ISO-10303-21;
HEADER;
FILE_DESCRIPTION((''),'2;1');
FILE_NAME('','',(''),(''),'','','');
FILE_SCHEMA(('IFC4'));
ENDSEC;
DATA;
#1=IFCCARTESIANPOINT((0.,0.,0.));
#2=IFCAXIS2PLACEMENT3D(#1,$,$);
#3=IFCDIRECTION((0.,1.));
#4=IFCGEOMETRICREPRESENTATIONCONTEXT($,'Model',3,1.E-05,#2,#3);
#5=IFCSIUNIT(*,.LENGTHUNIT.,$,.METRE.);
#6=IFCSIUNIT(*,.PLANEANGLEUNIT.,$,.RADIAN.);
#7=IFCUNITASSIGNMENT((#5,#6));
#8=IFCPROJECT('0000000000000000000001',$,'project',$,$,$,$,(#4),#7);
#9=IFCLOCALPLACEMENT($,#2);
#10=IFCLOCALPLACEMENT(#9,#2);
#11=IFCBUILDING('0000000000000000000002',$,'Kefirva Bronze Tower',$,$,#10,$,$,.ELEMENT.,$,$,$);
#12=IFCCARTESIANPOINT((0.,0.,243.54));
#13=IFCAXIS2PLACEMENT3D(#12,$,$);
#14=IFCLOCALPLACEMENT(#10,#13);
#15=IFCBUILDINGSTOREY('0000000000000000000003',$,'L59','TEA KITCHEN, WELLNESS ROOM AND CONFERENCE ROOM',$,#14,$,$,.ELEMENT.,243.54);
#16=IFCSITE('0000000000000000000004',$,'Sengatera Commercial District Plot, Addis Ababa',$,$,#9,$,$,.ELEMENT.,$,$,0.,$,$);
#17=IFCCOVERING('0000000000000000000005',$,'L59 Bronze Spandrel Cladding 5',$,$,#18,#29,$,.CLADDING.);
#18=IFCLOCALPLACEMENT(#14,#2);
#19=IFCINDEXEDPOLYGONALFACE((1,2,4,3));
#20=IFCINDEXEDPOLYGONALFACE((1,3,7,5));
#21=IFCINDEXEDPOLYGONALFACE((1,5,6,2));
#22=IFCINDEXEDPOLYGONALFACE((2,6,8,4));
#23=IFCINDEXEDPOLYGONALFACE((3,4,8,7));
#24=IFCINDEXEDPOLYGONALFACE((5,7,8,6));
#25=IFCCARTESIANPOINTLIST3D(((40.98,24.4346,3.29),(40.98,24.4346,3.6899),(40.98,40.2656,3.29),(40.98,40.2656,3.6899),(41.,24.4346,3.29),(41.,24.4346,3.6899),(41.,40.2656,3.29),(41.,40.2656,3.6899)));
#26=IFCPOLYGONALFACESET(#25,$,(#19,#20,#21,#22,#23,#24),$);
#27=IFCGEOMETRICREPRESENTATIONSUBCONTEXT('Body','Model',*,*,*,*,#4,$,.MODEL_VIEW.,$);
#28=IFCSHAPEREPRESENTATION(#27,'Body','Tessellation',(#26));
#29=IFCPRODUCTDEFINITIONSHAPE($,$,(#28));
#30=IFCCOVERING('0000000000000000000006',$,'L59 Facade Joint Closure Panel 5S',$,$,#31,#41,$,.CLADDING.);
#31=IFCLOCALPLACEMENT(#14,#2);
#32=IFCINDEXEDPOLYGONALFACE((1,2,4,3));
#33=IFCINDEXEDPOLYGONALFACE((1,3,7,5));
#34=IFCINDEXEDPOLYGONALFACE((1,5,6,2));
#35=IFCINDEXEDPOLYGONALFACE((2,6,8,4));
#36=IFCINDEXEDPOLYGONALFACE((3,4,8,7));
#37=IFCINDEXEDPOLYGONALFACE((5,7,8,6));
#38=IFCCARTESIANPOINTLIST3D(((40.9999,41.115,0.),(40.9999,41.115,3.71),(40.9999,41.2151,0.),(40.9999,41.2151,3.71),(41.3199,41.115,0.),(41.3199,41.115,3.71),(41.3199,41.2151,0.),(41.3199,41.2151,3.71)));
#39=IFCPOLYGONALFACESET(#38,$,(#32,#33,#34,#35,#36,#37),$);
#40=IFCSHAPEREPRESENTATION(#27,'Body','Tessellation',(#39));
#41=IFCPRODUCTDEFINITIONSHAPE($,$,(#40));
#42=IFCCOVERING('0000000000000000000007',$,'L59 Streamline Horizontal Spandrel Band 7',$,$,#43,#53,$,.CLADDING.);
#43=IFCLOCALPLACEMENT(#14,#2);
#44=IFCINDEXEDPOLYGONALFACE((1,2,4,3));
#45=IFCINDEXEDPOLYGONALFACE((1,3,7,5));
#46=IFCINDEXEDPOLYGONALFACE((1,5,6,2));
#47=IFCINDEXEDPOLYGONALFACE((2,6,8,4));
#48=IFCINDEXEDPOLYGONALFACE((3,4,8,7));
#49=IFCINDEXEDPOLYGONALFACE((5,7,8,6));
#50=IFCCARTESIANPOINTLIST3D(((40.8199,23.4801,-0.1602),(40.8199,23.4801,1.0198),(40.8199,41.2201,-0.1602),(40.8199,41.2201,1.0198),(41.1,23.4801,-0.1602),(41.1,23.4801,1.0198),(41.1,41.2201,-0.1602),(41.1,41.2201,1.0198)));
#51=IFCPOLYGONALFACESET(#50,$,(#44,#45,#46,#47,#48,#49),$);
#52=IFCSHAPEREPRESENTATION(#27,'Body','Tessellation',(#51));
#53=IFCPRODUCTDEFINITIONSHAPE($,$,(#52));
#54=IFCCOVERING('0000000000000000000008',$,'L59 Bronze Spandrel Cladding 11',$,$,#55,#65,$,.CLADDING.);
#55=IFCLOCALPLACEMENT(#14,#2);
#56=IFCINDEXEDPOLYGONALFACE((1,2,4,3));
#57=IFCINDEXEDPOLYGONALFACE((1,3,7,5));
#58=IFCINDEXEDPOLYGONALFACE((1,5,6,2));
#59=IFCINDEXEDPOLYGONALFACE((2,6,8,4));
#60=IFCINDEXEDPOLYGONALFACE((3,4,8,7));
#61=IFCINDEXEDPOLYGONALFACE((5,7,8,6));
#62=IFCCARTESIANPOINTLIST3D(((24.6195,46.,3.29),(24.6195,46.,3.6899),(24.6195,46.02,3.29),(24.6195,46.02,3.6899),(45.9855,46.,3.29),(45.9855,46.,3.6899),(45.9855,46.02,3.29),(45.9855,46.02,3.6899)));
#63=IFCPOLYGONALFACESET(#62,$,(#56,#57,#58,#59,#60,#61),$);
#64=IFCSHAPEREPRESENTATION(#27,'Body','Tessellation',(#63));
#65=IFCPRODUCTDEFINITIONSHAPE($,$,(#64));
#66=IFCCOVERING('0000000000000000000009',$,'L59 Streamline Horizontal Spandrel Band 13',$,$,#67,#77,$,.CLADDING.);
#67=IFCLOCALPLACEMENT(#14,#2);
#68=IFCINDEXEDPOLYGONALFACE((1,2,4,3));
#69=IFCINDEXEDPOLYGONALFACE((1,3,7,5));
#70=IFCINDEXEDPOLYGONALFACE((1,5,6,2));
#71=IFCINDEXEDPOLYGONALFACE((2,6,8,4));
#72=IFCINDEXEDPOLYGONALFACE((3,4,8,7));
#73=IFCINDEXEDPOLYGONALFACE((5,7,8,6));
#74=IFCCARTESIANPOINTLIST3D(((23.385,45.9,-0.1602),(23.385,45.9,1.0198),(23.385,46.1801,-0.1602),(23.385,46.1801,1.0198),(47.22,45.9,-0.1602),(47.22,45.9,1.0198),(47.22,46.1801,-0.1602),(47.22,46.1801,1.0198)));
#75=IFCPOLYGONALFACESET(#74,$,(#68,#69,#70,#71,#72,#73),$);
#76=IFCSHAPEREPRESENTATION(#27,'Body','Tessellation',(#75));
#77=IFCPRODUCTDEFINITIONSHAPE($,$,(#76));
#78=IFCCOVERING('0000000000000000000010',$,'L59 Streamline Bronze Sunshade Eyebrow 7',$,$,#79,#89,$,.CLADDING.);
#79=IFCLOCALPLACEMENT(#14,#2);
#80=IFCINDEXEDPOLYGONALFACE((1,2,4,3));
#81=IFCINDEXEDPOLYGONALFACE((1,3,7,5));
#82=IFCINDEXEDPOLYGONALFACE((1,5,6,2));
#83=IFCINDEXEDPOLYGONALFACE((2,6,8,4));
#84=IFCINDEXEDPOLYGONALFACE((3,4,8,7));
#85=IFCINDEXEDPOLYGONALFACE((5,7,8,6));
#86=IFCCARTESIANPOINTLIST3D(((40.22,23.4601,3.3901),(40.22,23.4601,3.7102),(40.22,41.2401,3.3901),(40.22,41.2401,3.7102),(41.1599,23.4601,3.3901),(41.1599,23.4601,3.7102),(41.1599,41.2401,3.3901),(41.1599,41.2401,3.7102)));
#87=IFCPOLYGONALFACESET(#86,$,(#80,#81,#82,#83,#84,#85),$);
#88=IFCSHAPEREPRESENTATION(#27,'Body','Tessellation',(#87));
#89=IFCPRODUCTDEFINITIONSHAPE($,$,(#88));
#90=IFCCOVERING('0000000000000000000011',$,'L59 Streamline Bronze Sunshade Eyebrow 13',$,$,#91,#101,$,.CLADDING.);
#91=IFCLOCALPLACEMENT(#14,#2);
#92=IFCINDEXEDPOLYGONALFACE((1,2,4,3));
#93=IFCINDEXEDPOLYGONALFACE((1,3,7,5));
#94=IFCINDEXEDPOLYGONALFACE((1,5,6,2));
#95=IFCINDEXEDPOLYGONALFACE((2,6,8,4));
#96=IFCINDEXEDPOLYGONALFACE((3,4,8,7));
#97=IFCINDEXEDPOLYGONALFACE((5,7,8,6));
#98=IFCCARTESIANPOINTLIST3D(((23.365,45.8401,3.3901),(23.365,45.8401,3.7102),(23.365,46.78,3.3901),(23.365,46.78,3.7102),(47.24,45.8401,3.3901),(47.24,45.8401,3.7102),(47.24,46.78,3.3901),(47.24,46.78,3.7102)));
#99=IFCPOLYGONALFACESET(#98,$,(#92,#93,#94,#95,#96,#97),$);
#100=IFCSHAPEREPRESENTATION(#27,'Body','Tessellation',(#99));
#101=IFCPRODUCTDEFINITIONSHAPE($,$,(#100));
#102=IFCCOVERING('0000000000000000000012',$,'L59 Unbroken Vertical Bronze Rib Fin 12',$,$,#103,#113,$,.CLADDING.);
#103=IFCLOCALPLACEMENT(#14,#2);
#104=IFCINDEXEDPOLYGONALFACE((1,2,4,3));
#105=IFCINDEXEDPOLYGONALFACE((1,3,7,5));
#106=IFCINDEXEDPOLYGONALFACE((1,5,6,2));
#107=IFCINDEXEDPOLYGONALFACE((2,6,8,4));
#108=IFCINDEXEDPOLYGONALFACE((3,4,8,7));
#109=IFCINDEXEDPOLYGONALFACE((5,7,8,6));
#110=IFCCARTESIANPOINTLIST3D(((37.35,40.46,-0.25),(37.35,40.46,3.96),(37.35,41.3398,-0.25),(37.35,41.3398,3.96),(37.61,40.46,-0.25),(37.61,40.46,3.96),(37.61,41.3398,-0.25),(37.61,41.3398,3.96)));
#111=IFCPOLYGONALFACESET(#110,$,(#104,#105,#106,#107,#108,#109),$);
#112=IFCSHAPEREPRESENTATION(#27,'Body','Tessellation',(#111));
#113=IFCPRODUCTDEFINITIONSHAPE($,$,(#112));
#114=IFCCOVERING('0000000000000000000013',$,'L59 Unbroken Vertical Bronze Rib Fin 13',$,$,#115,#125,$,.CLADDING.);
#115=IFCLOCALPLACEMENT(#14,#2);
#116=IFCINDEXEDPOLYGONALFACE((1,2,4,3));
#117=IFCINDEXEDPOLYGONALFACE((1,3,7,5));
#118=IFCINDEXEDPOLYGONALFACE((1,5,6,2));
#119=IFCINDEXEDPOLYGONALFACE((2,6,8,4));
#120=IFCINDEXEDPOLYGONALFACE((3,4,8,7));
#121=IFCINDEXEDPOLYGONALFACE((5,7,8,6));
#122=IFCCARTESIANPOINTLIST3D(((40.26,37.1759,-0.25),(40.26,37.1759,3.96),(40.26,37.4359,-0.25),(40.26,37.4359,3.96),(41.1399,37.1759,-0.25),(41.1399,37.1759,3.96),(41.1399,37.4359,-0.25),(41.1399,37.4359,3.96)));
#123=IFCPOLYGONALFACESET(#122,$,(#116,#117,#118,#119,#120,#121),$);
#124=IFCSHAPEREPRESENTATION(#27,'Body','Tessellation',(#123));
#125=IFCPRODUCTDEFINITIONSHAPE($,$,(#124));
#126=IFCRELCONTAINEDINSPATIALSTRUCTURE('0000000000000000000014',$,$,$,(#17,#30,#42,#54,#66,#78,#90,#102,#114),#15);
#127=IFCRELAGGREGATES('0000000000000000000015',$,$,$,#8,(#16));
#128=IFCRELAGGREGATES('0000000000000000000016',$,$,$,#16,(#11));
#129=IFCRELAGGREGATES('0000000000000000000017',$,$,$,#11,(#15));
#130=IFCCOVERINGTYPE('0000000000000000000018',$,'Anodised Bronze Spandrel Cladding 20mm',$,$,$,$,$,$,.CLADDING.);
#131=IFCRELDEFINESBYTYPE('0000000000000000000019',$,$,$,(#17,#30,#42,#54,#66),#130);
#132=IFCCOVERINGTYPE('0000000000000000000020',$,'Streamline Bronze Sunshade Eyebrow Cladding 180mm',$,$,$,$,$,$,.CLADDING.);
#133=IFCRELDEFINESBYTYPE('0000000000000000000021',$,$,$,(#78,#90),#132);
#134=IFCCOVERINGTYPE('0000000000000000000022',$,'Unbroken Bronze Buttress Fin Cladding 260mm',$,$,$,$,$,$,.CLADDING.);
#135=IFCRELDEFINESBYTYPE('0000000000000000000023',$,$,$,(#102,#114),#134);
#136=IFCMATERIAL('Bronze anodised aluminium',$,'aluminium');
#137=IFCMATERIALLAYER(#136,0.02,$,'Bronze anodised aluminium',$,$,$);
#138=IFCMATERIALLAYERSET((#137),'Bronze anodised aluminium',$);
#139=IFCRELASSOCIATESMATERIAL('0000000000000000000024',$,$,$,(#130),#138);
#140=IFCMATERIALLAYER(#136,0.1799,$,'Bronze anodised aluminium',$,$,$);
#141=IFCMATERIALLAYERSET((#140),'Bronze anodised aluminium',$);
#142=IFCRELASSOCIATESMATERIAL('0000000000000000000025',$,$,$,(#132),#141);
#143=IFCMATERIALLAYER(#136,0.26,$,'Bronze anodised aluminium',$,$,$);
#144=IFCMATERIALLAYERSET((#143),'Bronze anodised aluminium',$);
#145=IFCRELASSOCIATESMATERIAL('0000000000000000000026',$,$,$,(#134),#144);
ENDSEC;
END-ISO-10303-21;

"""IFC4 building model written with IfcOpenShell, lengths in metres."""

from ifc_helpers import new_model, si_unit, direction, frame, origin, origin_2d, place, context, subcontext, project, spatial, rectangle, extrude, material, layer, layer_set, type_object, element, save


model = new_model("IFC4")

# Units and contexts
model_context = context("Model", 3, precision=1e-05, world=origin(), true_north=direction((0.0, 1.0)))
body_context = subcontext(model_context, "Body", "Model", "MODEL_VIEW")
ifc_project = project(units=[si_unit("LENGTHUNIT", "METRE"), si_unit("PLANEANGLEUNIT", "RADIAN")], contexts=[model_context])

# Site, building, storey
site_placement = place(None, origin())
site = spatial("IfcSite", under=ifc_project, at=site_placement, Name="Sengatera Commercial District Plot, Addis Ababa", CompositionType="ELEMENT", RefElevation=0.0)
building_placement = place(site_placement, origin())
building = spatial("IfcBuilding", under=site, at=building_placement, Name="Kefirva Bronze Tower", CompositionType="ELEMENT")
storey_placement = place(building_placement, frame((0.0, 0.0, 243.54)))
storey = spatial("IfcBuildingStorey", under=building, at=storey_placement, Name="L59", Description="TEA KITCHEN, WELLNESS ROOM AND CONFERENCE ROOM", CompositionType="ELEMENT", Elevation=243.54)

# Shared definitions
ifc_material_1 = material(Name="Bronze anodised aluminium", Category="aluminium")

# Coverings
ifc_layer_1 = layer(ifc_material_1, 0.02, Name="Bronze anodised aluminium")
ifc_layer_set_1 = layer_set([ifc_layer_1], Name="Bronze anodised aluminium")
covering_type_1 = type_object("IfcCoveringType", Name="Anodised Bronze Spandrel Cladding 20mm", PredefinedType="CLADDING", material=ifc_layer_set_1)
covering_1_placement = place(storey_placement, frame((40.99, 32.3501, 3.29), z_axis=(0.0, 0.0, 1.0), x_axis=(0.0, -1.0, 0.0)))
element("IfcCovering", 1, at=covering_1_placement, inside=storey, type_object=covering_type_1, Name="L59 Bronze Spandrel Cladding 5", PredefinedType="CLADDING", context=body_context, shape_type="SweptSolid", body=[
    extrude(rectangle(XDim=15.8311, YDim=0.02, at=origin_2d()), origin(), (0.0, 0.0, 1.0), 0.3999),
])
covering_2_placement = place(storey_placement, frame((41.1599, 41.165, 0.0), z_axis=(0.0, 0.0, 1.0), x_axis=(0.0, -1.0, 0.0)))
element("IfcCovering", 2, at=covering_2_placement, inside=storey, type_object=covering_type_1, Name="L59 Facade Joint Closure Panel 5S", PredefinedType="CLADDING", context=body_context, shape_type="SweptSolid", body=[
    extrude(rectangle(XDim=0.1001, YDim=0.3201, at=origin_2d()), origin(), (0.0, 0.0, 1.0), 3.71),
])
covering_3_placement = place(storey_placement, frame((40.96, 32.3501, -0.1602), z_axis=(0.0, 0.0, 1.0), x_axis=(0.0, -1.0, 0.0)))
element("IfcCovering", 3, at=covering_3_placement, inside=storey, type_object=covering_type_1, Name="L59 Streamline Horizontal Spandrel Band 7", PredefinedType="CLADDING", context=body_context, shape_type="SweptSolid", body=[
    extrude(rectangle(XDim=17.74, YDim=0.28, at=origin_2d()), origin(), (0.0, 0.0, 1.0), 1.1799),
])
covering_4_placement = place(storey_placement, frame((35.3025, 46.01, 3.29), z_axis=(0.0, 0.0, 1.0), x_axis=(-1.0, 0.0, 0.0)))
element("IfcCovering", 4, at=covering_4_placement, inside=storey, type_object=covering_type_1, Name="L59 Bronze Spandrel Cladding 11", PredefinedType="CLADDING", context=body_context, shape_type="SweptSolid", body=[
    extrude(rectangle(XDim=21.366, YDim=0.02, at=origin_2d()), origin(), (0.0, 0.0, 1.0), 0.3999),
])
covering_5_placement = place(storey_placement, frame((35.3025, 46.04, -0.1602), z_axis=(0.0, 0.0, 1.0), x_axis=(-1.0, 0.0, 0.0)))
element("IfcCovering", 5, at=covering_5_placement, inside=storey, type_object=covering_type_1, Name="L59 Streamline Horizontal Spandrel Band 13", PredefinedType="CLADDING", context=body_context, shape_type="SweptSolid", body=[
    extrude(rectangle(XDim=23.835, YDim=0.28, at=origin_2d()), origin(), (0.0, 0.0, 1.0), 1.1799),
])
ifc_layer_2 = layer(ifc_material_1, 0.1799, Name="Bronze anodised aluminium")
ifc_layer_set_2 = layer_set([ifc_layer_2], Name="Bronze anodised aluminium")
covering_type_2 = type_object("IfcCoveringType", Name="Streamline Bronze Sunshade Eyebrow Cladding 180mm", PredefinedType="CLADDING", material=ifc_layer_set_2)
covering_6_placement = place(storey_placement, frame((40.6899, 32.3501, 3.3901), z_axis=(0.0, 0.0, 1.0), x_axis=(0.0, -1.0, 0.0)))
element("IfcCovering", 6, at=covering_6_placement, inside=storey, type_object=covering_type_2, Name="L59 Streamline Bronze Sunshade Eyebrow 7", PredefinedType="CLADDING", context=body_context, shape_type="SweptSolid", body=[
    extrude(rectangle(XDim=17.78, YDim=0.9399, at=origin_2d()), origin(), (0.0, 0.0, 1.0), 0.3201),
])
covering_7_placement = place(storey_placement, frame((35.3025, 46.3101, 3.3901), z_axis=(0.0, 0.0, 1.0), x_axis=(-1.0, 0.0, 0.0)))
element("IfcCovering", 7, at=covering_7_placement, inside=storey, type_object=covering_type_2, Name="L59 Streamline Bronze Sunshade Eyebrow 13", PredefinedType="CLADDING", context=body_context, shape_type="SweptSolid", body=[
    extrude(rectangle(XDim=23.875, YDim=0.9399, at=origin_2d()), origin(), (0.0, 0.0, 1.0), 0.3201),
])
ifc_layer_3 = layer(ifc_material_1, 0.26, Name="Bronze anodised aluminium")
ifc_layer_set_3 = layer_set([ifc_layer_3], Name="Bronze anodised aluminium")
covering_type_3 = type_object("IfcCoveringType", Name="Unbroken Bronze Buttress Fin Cladding 260mm", PredefinedType="CLADDING", material=ifc_layer_set_3)
for number, where, z_axis, x_axis, name in (
    (8, (37.48, 40.8999, -0.25), (0.0, 0.0, 1.0), (1.0, 0.0, 0.0), "L59 Unbroken Vertical Bronze Rib Fin 12"),
    (9, (40.7, 37.3059, -0.25), (0.0, 0.0, 1.0), (0.0, -1.0, 0.0), "L59 Unbroken Vertical Bronze Rib Fin 13"),
):
    element("IfcCovering", number, at=place(storey_placement, frame(where, z_axis=z_axis, x_axis=x_axis)), inside=storey, type_object=covering_type_3, Name=name, PredefinedType="CLADDING", context=body_context, shape_type="SweptSolid", body=[
        extrude(rectangle(XDim=0.26, YDim=0.8799, at=origin_2d()), origin(), (0.0, 0.0, 1.0), 4.21),
    ])

save(model, "model.ifc")
